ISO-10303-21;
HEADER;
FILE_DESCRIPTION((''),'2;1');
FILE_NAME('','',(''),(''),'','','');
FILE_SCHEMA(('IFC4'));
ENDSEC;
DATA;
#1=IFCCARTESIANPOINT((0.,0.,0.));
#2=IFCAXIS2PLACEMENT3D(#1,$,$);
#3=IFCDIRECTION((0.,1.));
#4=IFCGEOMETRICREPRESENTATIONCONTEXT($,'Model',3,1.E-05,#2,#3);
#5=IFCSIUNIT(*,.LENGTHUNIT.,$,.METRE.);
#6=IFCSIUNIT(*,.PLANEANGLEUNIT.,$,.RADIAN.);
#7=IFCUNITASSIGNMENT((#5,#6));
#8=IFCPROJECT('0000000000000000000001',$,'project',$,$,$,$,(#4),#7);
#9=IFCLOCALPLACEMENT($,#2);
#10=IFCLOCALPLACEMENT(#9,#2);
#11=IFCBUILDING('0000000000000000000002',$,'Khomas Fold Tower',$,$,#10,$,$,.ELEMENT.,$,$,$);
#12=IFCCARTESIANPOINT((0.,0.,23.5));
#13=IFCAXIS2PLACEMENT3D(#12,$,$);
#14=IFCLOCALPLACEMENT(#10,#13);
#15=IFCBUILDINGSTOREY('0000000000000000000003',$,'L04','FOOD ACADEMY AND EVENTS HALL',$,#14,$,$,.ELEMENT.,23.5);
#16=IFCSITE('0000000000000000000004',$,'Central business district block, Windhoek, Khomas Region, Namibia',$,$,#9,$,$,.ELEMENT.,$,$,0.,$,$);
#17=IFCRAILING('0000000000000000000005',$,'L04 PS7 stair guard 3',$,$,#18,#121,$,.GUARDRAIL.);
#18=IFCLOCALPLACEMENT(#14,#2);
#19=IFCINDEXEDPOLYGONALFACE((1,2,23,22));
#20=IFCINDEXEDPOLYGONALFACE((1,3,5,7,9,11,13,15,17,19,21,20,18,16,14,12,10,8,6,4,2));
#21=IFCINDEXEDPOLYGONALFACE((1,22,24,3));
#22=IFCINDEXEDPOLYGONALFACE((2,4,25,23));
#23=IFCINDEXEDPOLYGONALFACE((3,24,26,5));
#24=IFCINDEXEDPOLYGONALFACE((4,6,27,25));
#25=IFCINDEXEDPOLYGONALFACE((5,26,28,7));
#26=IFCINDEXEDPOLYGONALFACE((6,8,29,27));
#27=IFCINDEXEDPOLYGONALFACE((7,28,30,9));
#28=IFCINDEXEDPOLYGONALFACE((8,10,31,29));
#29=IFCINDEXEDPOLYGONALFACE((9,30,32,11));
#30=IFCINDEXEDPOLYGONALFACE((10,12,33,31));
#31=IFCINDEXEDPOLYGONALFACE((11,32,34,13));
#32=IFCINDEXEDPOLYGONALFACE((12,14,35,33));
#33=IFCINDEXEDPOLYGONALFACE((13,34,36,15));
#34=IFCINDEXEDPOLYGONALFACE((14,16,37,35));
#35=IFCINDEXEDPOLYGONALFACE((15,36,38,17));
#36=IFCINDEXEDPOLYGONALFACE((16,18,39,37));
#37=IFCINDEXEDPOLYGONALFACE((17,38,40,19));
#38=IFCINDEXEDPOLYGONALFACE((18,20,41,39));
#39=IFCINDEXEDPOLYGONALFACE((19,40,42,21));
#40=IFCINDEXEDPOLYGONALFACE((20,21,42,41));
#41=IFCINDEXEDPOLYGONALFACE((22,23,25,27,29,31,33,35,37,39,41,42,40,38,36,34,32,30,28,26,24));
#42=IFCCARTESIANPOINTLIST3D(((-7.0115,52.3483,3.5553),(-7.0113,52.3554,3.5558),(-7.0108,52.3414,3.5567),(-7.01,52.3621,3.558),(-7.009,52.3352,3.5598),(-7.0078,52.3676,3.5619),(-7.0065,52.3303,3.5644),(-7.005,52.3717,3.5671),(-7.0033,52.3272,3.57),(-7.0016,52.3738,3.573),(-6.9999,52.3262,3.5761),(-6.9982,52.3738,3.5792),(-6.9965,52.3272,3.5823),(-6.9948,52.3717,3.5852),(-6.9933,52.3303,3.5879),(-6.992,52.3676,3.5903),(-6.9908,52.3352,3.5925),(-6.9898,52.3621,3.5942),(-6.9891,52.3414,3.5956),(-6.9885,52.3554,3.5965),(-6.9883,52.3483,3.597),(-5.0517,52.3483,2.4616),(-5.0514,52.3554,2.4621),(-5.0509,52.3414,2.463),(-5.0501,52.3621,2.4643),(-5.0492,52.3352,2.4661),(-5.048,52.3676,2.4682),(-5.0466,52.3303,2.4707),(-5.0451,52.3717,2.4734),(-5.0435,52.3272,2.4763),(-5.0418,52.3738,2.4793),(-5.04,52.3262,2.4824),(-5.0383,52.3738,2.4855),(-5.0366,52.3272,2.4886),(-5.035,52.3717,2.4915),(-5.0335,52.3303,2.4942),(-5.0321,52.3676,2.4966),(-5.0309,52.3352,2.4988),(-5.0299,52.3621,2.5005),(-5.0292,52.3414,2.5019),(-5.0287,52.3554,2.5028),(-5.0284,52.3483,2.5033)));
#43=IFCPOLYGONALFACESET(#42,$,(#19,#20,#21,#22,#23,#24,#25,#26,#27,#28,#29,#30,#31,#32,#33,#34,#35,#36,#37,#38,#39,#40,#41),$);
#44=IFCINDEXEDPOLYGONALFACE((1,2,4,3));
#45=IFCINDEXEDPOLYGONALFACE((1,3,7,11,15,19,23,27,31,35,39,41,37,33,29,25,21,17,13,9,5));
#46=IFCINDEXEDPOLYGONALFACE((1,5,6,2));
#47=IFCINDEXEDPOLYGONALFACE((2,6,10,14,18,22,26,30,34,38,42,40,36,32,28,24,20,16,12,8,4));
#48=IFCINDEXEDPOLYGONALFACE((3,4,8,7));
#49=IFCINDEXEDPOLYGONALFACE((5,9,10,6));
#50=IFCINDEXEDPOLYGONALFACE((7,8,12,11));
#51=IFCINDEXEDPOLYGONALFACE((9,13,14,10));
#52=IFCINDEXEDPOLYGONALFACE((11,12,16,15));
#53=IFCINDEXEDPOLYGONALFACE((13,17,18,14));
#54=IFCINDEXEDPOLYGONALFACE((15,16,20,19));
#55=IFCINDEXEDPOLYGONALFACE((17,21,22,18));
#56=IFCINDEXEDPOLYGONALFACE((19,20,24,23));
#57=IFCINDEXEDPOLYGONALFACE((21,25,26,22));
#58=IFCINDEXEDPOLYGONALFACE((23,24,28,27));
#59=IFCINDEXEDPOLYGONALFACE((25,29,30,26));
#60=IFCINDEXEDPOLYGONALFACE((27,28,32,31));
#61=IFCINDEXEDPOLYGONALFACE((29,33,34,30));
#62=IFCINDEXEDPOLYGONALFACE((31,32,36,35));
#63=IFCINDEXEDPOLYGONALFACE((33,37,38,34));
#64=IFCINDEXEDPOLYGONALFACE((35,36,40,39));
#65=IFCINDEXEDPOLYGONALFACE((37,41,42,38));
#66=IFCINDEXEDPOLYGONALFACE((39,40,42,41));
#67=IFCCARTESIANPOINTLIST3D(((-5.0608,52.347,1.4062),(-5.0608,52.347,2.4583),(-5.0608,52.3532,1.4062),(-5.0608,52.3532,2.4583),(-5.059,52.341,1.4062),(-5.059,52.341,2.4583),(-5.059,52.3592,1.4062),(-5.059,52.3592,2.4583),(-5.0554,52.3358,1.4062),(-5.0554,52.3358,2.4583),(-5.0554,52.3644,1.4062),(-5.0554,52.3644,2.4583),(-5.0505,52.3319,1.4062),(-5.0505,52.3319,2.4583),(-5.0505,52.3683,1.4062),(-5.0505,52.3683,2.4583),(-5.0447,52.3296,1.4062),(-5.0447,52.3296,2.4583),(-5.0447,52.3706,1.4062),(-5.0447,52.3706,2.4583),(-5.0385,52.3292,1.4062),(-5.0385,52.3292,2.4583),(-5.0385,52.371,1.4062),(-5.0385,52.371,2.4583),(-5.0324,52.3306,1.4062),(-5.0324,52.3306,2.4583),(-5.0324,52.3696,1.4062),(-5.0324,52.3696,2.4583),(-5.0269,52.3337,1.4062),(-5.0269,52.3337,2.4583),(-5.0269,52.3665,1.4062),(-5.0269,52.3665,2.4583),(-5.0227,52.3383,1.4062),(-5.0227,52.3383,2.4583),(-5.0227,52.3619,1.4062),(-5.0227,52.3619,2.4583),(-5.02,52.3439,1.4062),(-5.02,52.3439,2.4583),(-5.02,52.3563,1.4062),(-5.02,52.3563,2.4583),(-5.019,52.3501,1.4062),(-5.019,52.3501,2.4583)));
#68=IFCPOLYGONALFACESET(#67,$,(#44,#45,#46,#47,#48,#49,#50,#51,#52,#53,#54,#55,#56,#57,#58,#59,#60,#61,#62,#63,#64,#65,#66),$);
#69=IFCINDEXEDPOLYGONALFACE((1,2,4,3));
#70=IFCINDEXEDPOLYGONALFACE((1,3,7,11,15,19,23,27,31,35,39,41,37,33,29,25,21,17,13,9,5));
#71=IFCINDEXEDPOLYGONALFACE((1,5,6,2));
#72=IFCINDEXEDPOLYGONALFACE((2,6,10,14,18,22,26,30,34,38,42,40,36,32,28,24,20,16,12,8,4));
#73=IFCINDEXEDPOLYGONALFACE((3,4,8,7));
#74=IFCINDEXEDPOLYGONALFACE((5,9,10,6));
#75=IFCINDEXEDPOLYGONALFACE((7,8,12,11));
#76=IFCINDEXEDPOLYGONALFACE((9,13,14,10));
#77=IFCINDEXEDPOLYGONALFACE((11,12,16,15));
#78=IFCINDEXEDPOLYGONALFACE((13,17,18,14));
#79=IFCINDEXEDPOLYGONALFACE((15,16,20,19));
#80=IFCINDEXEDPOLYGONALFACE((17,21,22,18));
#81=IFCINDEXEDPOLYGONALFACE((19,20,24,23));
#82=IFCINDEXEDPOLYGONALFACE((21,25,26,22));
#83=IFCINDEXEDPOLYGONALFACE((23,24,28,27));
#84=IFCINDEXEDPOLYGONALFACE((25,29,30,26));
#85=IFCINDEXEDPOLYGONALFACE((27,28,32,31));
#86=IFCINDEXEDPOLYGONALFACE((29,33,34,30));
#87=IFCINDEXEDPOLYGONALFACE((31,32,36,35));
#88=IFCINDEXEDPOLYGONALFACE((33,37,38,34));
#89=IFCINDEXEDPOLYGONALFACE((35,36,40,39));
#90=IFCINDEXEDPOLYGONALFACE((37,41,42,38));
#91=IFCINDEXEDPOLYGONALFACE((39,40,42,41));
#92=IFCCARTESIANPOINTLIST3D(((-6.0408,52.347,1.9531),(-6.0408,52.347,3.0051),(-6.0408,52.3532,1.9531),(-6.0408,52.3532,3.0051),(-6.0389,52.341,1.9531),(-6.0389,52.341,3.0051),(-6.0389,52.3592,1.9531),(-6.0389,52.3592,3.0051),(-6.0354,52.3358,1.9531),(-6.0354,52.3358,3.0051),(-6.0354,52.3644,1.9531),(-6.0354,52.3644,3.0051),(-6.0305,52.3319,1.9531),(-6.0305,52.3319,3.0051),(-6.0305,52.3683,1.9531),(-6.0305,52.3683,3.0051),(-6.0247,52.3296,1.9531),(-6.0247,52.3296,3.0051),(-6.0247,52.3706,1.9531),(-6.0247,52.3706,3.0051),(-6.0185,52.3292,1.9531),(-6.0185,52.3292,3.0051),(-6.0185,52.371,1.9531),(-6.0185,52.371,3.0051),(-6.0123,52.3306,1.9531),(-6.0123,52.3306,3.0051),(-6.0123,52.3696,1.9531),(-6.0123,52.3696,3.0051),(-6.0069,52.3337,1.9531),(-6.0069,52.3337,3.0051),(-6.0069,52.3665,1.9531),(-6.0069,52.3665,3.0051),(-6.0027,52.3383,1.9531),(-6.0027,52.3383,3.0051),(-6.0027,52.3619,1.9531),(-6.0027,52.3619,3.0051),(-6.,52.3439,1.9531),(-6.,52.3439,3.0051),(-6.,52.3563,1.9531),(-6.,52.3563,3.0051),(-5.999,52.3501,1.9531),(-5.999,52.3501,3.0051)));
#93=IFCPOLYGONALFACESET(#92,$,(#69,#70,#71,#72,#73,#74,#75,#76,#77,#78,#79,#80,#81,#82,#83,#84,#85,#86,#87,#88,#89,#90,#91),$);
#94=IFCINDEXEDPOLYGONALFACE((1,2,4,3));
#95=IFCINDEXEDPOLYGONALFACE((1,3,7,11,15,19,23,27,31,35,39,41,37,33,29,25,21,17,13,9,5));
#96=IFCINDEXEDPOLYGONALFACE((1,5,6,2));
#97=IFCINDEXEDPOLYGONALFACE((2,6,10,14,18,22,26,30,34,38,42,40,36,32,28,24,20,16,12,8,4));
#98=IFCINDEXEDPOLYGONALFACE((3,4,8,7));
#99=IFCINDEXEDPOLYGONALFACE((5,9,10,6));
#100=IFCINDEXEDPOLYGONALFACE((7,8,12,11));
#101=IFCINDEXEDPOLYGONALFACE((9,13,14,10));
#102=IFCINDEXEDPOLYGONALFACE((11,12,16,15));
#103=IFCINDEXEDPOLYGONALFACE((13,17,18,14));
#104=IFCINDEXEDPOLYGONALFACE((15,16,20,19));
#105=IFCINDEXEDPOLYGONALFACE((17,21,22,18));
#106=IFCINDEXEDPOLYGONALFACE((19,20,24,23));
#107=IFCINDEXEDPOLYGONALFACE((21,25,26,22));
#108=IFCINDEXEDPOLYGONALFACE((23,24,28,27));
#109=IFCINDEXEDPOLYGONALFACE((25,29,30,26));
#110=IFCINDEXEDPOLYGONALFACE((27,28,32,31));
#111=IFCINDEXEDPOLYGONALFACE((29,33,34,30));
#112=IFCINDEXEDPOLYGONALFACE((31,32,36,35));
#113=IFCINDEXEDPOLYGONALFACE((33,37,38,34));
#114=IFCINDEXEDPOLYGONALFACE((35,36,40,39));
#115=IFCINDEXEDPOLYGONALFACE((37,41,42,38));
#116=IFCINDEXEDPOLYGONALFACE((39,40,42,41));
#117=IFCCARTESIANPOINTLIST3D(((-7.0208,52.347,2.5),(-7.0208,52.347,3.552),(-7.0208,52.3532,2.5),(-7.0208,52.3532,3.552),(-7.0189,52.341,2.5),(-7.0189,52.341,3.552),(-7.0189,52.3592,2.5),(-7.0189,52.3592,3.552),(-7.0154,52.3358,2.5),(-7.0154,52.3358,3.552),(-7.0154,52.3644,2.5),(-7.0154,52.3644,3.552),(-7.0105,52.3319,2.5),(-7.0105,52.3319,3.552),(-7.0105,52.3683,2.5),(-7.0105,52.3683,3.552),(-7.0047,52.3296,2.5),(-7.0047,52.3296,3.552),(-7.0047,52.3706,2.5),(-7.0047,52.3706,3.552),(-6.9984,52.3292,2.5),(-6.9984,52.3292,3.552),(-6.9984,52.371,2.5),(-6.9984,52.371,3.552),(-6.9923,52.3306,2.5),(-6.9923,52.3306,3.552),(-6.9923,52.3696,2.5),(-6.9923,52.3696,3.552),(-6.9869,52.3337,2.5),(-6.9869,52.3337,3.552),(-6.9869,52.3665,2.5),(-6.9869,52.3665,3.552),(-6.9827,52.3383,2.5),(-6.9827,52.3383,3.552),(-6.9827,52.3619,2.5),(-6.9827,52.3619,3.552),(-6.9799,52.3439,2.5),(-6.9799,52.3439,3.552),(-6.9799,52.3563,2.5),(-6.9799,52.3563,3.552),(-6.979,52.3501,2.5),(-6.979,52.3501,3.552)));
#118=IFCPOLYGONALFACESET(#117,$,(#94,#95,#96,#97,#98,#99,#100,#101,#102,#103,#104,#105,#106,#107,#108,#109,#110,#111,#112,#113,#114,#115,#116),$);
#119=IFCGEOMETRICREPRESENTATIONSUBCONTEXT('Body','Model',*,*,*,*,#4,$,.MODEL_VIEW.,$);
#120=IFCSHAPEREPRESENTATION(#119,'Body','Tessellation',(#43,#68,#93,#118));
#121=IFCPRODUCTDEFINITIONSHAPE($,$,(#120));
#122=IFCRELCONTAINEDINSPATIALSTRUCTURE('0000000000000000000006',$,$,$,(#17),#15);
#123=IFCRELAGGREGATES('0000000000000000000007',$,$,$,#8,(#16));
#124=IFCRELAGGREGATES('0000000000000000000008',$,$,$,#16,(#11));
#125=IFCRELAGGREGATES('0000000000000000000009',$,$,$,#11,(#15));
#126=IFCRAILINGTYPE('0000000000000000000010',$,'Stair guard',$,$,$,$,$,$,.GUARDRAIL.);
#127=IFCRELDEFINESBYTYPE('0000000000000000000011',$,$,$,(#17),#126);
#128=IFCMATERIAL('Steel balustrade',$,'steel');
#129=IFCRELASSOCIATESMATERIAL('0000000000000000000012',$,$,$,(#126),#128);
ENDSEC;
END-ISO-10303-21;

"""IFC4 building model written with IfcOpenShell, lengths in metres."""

from ifc_helpers import new_model, si_unit, direction, frame, origin, origin_2d, place, context, subcontext, project, spatial, circle, extrude, source, transform, mapped, material, type_object, element, save


model = new_model("IFC4")

# Units and contexts
model_context = context("Model", 3, precision=1e-05, world=origin(), true_north=direction((0.0, 1.0)))
body_context = subcontext(model_context, "Body", "Model", "MODEL_VIEW")
ifc_project = project(units=[si_unit("LENGTHUNIT", "METRE"), si_unit("PLANEANGLEUNIT", "RADIAN")], contexts=[model_context])

# Site, building, storey
site_placement = place(None, origin())
site = spatial("IfcSite", under=ifc_project, at=site_placement, Name="Central business district block, Windhoek, Khomas Region, Namibia", CompositionType="ELEMENT", RefElevation=0.0)
building_placement = place(site_placement, origin())
building = spatial("IfcBuilding", under=site, at=building_placement, Name="Khomas Fold Tower", CompositionType="ELEMENT")
storey_placement = place(building_placement, frame((0.0, 0.0, 23.5)))
storey = spatial("IfcBuildingStorey", under=building, at=storey_placement, Name="L04", Description="FOOD ACADEMY AND EVENTS HALL", CompositionType="ELEMENT", Elevation=23.5)

# Railing
ifc_material_1 = material(Name="Steel balustrade", Category="steel")
railing_type_1 = type_object("IfcRailingType", Name="Stair guard", PredefinedType="GUARDRAIL", material=ifc_material_1)
shared_shape_1 = source(origin(), body_context, "Body", "SweptSolid", [
    extrude(circle(Radius=0.0239, at=origin_2d()), frame((0.0, 0.0, 1.0762), z_axis=(-0.873232, 0.0, 0.487304), x_axis=(0.0, -1.0, 0.0)), (0.0, 0.0, 1.0), 2.2444),
    extrude(circle(Radius=0.021, at=origin_2d()), origin(), (0.0, 0.0, 1.0), 1.052),
    extrude(circle(Radius=0.021, at=origin_2d()), frame((-0.98, 0.0, 0.5469)), (0.0, 0.0, 1.0), 1.052),
    extrude(circle(Radius=0.021, at=origin_2d()), frame((-1.96, 0.0, 1.0938)), (0.0, 0.0, 1.0), 1.052),
])
for number, where, name in (
    (1, (-5.04, 52.3501, 1.4062), "L04 PS7 stair guard 3"),
):
    element("IfcRailing", number, at=place(storey_placement, frame(where)), inside=storey, type_object=railing_type_1, Name=name, PredefinedType="GUARDRAIL", context=body_context, shape_type="MappedRepresentation", body=[
        mapped(shared_shape_1, transform((0.0, 0.0, 0.0))),
    ])

save(model, "model.ifc")
